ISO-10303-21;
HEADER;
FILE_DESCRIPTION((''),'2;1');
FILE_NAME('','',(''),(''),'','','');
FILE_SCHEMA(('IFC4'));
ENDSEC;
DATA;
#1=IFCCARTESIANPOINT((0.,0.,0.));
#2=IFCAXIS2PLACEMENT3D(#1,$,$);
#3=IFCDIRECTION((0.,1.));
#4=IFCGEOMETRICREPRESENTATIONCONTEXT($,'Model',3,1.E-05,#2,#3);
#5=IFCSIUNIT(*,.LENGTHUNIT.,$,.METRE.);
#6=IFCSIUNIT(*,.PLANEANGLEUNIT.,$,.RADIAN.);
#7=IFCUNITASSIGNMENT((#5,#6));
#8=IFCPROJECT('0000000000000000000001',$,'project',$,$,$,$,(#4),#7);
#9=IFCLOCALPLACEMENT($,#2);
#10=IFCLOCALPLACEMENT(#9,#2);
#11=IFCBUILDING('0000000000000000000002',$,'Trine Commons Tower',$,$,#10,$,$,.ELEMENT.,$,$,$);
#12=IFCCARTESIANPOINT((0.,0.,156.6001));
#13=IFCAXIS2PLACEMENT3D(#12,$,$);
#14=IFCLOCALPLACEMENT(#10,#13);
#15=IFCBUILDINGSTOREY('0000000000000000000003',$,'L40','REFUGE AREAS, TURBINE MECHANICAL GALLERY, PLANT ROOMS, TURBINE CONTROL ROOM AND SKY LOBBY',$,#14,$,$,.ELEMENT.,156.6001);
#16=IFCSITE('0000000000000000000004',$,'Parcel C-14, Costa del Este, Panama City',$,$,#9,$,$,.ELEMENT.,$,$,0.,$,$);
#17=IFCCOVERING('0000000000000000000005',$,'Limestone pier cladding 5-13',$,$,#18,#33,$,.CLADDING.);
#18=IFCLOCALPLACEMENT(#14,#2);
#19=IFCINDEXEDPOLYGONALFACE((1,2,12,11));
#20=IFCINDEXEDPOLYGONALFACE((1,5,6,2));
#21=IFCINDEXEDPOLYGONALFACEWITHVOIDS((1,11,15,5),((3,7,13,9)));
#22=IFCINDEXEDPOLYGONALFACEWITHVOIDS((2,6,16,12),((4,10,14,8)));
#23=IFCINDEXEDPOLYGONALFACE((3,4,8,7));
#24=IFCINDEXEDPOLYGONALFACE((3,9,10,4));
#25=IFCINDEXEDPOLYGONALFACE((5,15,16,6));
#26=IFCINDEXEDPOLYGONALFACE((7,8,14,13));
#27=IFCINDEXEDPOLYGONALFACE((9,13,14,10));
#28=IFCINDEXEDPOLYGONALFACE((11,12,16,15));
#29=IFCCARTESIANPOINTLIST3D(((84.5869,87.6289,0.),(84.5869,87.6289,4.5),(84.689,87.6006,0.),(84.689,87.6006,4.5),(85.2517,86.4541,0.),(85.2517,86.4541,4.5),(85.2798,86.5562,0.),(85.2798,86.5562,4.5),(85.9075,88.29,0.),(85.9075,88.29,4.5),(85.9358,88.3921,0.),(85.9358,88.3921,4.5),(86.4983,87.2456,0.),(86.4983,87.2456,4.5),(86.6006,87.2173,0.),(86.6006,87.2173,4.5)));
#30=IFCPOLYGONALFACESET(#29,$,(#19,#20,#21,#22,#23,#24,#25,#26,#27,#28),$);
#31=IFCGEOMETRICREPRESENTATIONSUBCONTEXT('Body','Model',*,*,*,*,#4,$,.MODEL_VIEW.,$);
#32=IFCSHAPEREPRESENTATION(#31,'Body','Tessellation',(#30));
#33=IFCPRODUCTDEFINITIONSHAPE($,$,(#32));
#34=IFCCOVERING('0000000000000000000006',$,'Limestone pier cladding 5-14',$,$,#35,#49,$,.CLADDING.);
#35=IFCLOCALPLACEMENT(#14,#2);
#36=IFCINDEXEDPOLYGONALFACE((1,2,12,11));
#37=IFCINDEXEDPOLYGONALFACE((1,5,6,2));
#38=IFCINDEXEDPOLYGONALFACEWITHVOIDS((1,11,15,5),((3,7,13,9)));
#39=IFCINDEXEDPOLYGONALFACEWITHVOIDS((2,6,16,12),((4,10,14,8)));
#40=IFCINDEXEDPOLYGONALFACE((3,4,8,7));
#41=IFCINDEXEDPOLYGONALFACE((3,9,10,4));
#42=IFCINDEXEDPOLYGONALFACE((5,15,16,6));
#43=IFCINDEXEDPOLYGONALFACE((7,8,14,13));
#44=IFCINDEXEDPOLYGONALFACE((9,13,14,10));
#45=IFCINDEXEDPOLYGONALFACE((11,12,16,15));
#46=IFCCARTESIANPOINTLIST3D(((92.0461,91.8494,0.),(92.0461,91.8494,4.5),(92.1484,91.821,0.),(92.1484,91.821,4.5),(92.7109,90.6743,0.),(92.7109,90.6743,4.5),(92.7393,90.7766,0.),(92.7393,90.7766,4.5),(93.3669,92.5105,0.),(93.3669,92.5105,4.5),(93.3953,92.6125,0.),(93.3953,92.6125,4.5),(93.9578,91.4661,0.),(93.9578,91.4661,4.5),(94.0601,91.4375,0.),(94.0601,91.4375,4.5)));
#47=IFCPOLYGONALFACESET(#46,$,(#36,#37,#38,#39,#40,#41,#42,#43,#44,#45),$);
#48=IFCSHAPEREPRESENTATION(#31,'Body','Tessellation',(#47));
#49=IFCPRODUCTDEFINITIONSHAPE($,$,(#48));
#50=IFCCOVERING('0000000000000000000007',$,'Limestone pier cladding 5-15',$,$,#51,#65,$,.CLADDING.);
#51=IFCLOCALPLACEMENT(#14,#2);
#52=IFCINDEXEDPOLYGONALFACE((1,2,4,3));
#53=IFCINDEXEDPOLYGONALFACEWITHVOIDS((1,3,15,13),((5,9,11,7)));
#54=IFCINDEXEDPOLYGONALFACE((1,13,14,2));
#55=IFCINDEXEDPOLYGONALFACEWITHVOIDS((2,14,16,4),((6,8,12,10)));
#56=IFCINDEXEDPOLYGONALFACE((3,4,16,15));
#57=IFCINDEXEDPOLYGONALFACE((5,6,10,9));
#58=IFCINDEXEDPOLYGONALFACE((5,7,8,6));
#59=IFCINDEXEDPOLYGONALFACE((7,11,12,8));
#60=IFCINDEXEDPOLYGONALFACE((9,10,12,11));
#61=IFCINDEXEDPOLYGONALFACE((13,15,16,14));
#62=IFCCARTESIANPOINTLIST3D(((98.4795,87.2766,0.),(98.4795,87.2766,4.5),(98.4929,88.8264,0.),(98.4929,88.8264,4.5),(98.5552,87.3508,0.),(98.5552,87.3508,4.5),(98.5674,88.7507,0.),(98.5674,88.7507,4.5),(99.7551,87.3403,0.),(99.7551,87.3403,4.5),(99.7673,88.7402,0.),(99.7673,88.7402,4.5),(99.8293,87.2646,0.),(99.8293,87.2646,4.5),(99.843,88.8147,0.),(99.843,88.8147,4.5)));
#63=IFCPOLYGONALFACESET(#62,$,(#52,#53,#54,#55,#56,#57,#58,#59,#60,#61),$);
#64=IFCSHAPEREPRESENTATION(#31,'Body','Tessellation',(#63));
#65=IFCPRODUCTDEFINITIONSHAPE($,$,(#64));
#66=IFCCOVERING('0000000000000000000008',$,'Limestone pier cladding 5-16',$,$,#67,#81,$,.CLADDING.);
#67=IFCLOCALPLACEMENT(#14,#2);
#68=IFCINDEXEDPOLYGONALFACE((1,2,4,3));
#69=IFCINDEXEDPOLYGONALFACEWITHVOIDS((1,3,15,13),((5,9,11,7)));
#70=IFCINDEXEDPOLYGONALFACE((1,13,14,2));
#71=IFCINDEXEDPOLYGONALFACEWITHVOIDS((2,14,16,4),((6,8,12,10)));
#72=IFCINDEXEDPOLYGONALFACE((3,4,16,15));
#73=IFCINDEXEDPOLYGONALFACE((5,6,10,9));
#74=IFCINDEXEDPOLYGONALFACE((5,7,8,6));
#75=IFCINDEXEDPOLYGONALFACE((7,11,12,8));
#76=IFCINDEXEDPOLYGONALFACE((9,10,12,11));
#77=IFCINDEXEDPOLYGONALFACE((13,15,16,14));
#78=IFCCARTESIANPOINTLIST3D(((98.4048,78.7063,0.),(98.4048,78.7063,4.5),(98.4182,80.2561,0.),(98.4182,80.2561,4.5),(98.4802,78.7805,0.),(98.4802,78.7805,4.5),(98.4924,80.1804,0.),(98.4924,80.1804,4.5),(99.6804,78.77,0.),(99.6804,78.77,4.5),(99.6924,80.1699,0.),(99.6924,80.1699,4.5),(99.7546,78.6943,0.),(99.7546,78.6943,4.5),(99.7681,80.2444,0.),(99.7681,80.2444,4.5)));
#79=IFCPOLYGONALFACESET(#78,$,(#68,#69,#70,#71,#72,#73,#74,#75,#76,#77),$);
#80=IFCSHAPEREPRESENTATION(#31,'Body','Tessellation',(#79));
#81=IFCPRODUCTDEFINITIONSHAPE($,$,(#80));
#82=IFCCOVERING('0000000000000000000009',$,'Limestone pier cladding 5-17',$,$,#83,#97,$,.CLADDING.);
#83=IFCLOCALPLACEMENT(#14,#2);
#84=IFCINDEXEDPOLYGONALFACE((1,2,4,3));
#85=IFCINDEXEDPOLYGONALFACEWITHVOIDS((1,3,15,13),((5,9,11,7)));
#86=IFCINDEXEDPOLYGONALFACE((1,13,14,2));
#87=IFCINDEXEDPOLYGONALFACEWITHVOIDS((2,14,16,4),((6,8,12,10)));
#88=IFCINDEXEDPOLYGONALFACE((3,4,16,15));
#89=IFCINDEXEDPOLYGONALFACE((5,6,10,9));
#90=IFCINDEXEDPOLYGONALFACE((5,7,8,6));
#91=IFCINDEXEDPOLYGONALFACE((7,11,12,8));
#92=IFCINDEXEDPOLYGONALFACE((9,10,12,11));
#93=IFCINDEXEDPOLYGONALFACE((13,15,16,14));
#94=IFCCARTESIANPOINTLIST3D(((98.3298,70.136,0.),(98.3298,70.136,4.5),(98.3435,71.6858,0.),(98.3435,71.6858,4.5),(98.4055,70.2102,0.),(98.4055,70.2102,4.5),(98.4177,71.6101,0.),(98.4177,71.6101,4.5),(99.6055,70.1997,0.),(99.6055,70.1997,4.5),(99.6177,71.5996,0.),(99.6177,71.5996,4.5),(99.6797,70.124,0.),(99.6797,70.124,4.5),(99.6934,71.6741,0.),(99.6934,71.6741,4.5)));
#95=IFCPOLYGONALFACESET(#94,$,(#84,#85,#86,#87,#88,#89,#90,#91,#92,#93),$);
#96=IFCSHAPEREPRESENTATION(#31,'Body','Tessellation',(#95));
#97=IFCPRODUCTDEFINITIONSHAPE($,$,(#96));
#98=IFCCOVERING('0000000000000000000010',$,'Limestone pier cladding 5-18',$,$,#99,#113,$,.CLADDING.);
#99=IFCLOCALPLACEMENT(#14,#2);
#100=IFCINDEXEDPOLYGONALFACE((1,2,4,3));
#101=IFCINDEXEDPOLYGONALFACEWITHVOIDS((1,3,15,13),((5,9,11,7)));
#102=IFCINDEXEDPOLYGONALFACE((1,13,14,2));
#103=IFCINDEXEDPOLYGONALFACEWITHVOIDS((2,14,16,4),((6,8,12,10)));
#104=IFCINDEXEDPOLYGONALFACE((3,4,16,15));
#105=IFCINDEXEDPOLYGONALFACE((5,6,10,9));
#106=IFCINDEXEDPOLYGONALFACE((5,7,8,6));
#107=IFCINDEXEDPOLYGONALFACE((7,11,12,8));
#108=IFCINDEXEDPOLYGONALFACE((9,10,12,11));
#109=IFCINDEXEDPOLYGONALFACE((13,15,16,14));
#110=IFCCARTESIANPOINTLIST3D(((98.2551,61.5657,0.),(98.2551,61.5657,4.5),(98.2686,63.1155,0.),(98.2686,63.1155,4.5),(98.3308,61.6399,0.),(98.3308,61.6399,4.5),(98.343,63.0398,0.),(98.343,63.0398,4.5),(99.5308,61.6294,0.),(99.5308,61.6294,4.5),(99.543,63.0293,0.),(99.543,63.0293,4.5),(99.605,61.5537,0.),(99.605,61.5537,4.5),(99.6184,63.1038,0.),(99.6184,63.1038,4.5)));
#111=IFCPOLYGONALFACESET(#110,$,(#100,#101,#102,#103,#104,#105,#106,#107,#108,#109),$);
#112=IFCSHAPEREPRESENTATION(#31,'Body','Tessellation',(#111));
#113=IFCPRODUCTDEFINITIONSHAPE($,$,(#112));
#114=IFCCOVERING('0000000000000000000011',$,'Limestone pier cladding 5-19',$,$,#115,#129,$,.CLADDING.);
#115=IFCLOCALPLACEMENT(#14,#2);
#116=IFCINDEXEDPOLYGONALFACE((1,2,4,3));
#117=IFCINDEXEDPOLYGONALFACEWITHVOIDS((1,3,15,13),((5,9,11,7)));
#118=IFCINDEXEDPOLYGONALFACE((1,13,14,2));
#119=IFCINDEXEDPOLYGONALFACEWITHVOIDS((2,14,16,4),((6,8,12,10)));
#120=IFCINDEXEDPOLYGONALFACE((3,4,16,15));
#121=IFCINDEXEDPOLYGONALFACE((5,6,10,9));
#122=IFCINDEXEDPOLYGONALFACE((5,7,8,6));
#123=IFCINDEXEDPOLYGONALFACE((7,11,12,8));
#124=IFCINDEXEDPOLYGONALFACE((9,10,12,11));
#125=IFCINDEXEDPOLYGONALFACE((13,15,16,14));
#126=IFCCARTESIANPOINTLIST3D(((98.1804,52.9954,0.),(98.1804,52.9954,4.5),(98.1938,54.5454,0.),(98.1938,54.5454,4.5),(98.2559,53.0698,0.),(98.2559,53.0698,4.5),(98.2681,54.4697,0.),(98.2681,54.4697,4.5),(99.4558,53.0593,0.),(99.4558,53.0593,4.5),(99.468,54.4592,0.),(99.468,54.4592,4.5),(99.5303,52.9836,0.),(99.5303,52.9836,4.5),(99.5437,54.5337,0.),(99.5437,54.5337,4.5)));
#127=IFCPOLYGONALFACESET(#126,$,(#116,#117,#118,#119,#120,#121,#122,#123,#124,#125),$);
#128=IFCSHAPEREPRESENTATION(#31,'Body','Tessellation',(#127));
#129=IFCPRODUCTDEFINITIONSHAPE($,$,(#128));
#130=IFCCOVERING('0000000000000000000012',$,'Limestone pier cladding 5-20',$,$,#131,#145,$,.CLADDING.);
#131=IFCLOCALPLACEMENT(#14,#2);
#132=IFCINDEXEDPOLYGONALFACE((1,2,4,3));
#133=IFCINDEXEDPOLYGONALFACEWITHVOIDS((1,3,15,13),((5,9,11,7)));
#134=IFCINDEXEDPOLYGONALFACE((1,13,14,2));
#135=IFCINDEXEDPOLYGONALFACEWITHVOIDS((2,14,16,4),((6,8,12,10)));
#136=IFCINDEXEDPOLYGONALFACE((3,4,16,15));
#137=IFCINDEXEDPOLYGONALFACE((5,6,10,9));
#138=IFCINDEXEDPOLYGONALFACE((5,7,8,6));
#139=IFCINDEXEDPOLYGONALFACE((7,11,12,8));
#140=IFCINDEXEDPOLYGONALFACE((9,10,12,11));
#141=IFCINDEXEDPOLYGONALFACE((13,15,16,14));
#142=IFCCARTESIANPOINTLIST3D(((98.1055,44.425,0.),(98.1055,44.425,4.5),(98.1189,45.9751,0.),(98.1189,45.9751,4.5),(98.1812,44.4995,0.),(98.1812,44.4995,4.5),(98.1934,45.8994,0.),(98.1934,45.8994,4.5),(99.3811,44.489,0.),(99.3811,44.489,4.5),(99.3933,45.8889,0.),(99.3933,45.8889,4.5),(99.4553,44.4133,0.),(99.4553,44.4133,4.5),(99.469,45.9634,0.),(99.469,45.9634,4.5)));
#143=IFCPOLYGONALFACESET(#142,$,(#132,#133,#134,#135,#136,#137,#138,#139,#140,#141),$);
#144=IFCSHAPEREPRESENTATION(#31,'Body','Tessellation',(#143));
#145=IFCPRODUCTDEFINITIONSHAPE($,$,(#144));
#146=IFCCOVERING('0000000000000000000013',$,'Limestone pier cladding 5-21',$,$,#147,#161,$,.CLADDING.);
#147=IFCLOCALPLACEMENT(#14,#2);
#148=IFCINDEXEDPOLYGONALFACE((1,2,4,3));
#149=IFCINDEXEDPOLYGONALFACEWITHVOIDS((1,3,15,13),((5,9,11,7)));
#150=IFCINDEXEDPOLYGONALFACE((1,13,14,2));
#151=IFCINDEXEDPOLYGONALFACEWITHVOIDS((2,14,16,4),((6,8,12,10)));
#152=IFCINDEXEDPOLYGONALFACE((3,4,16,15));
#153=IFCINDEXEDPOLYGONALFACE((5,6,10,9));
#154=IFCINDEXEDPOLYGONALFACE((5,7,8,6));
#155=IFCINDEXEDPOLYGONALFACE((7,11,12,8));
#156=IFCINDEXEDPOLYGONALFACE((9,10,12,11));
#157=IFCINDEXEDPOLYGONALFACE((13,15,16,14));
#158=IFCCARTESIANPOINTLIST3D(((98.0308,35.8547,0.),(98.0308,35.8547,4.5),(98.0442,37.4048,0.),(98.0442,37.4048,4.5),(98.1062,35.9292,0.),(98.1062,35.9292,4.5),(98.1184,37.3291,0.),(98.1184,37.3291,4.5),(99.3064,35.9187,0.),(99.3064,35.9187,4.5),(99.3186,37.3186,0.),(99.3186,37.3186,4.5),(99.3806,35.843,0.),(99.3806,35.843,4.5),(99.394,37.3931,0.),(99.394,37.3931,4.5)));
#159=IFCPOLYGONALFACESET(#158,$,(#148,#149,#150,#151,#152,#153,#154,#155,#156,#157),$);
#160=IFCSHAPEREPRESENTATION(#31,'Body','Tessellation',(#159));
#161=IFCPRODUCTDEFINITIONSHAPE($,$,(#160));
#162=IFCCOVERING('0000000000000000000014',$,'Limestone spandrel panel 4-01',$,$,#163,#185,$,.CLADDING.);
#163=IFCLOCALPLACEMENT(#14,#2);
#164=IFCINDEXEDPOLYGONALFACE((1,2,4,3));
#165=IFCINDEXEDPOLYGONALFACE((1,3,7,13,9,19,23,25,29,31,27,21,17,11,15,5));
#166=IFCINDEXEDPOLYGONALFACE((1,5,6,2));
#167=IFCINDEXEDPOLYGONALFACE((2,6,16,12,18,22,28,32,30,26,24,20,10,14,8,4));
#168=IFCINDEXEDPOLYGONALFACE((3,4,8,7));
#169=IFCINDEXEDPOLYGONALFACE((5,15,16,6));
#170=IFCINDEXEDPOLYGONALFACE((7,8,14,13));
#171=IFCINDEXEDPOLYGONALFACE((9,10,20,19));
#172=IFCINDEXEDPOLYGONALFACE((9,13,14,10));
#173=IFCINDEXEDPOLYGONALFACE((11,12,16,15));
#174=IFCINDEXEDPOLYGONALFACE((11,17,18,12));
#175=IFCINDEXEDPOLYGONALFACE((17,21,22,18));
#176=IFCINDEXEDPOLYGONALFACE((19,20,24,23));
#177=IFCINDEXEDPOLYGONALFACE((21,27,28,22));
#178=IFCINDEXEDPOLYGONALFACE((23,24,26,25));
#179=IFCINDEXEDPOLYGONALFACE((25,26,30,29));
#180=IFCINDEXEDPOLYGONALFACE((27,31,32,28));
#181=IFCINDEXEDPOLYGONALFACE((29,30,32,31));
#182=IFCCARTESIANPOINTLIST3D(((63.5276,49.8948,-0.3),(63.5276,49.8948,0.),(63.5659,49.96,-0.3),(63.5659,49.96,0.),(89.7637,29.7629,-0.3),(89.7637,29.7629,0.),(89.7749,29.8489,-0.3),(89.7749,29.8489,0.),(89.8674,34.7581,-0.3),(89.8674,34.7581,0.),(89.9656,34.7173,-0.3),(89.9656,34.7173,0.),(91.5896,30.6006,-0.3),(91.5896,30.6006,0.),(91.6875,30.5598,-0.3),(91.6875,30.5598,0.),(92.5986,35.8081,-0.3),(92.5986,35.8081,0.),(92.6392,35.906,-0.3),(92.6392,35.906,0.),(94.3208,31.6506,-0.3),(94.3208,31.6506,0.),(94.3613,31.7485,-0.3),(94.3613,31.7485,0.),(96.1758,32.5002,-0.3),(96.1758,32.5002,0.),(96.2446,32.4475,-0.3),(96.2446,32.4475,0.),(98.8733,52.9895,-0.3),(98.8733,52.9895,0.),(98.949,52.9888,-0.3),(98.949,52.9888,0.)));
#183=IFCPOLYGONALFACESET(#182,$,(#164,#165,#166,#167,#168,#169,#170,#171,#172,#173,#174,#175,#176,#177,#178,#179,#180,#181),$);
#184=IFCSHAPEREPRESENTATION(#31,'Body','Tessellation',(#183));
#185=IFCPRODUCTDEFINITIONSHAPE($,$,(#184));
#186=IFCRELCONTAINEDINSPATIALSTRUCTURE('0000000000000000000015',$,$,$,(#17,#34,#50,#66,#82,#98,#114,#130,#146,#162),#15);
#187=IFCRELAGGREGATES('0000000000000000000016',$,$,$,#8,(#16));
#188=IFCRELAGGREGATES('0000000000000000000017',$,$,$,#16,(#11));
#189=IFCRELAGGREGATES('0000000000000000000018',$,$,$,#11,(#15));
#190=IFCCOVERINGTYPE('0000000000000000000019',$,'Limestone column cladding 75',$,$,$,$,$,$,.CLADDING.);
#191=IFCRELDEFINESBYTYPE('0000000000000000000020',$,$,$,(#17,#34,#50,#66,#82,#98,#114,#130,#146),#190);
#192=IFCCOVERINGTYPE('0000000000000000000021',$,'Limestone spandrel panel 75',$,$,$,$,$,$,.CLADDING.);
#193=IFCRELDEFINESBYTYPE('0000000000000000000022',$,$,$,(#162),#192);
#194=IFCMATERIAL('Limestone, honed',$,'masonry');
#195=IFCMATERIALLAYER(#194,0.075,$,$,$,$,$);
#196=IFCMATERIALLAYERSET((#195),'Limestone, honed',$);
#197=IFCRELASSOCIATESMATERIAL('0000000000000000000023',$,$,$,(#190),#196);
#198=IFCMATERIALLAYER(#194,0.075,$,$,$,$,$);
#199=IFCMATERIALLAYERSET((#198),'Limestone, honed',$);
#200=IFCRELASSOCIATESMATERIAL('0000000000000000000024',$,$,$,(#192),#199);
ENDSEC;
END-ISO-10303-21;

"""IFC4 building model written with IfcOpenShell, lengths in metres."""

from ifc_helpers import new_model, si_unit, direction, frame, origin, place, context, subcontext, project, spatial, polyline, outline, extrude, material, layer, layer_set, type_object, element, save


model = new_model("IFC4")

# Units and contexts
model_context = context("Model", 3, precision=1e-05, world=origin(), true_north=direction((0.0, 1.0)))
body_context = subcontext(model_context, "Body", "Model", "MODEL_VIEW")
ifc_project = project(units=[si_unit("LENGTHUNIT", "METRE"), si_unit("PLANEANGLEUNIT", "RADIAN")], contexts=[model_context])

# Site, building, storey
site_placement = place(None, origin())
site = spatial("IfcSite", under=ifc_project, at=site_placement, Name="Parcel C-14, Costa del Este, Panama City", CompositionType="ELEMENT", RefElevation=0.0)
building_placement = place(site_placement, origin())
building = spatial("IfcBuilding", under=site, at=building_placement, Name="Trine Commons Tower", CompositionType="ELEMENT")
storey_placement = place(building_placement, frame((0.0, 0.0, 156.6001)))
storey = spatial("IfcBuildingStorey", under=building, at=storey_placement, Name="L40", Description="REFUGE AREAS, TURBINE MECHANICAL GALLERY, PLANT ROOMS, TURBINE CONTROL ROOM AND SKY LOBBY", CompositionType="ELEMENT", Elevation=156.6001)

# Coverings
ifc_material_1 = material(Name="Limestone, honed", Category="masonry")
ifc_layer_1 = layer(ifc_material_1, 0.075)
ifc_layer_set_1 = layer_set([ifc_layer_1], Name="Limestone, honed")
covering_type_1 = type_object("IfcCoveringType", Name="Limestone column cladding 75", PredefinedType="CLADDING", material=ifc_layer_set_1)
covering_1_placement = place(storey_placement, origin())
element("IfcCovering", 1, at=covering_1_placement, inside=storey, type_object=covering_type_1, Name="Limestone pier cladding 5-13", PredefinedType="CLADDING", context=body_context, shape_type="SweptSolid", body=[
    extrude(outline(polyline([(86.6006, 87.2173), (85.9358, 88.3921), (84.5869, 87.6289), (85.2517, 86.4541), (86.6006, 87.2173)]), holes=[polyline([(86.4983, 87.2456), (85.9075, 88.29), (84.689, 87.6006), (85.2798, 86.5562), (86.4983, 87.2456)])]), origin(), (0.0, 0.0, 1.0), 4.5),
])
covering_2_placement = place(storey_placement, origin())
element("IfcCovering", 2, at=covering_2_placement, inside=storey, type_object=covering_type_1, Name="Limestone pier cladding 5-14", PredefinedType="CLADDING", context=body_context, shape_type="SweptSolid", body=[
    extrude(outline(polyline([(94.0601, 91.4375), (93.3953, 92.6125), (92.0461, 91.8494), (92.7109, 90.6743), (94.0601, 91.4375)]), holes=[polyline([(93.9578, 91.4661), (93.3669, 92.5105), (92.1484, 91.821), (92.7393, 90.7766), (93.9578, 91.4661)])]), origin(), (0.0, 0.0, 1.0), 4.5),
])
covering_3_placement = place(storey_placement, origin())
element("IfcCovering", 3, at=covering_3_placement, inside=storey, type_object=covering_type_1, Name="Limestone pier cladding 5-15", PredefinedType="CLADDING", context=body_context, shape_type="SweptSolid", body=[
    extrude(outline(polyline([(99.843, 88.8147), (98.4929, 88.8264), (98.4795, 87.2766), (99.8293, 87.2646), (99.843, 88.8147)]), holes=[polyline([(99.7673, 88.7402), (98.5674, 88.7507), (98.5552, 87.3508), (99.7551, 87.3403), (99.7673, 88.7402)])]), origin(), (0.0, 0.0, 1.0), 4.5),
])
covering_4_placement = place(storey_placement, origin())
element("IfcCovering", 4, at=covering_4_placement, inside=storey, type_object=covering_type_1, Name="Limestone pier cladding 5-16", PredefinedType="CLADDING", context=body_context, shape_type="SweptSolid", body=[
    extrude(outline(polyline([(99.7681, 80.2444), (98.4182, 80.2561), (98.4048, 78.7063), (99.7546, 78.6943), (99.7681, 80.2444)]), holes=[polyline([(99.6924, 80.1699), (98.4924, 80.1804), (98.4802, 78.7805), (99.6804, 78.77), (99.6924, 80.1699)])]), origin(), (0.0, 0.0, 1.0), 4.5),
])
covering_5_placement = place(storey_placement, origin())
element("IfcCovering", 5, at=covering_5_placement, inside=storey, type_object=covering_type_1, Name="Limestone pier cladding 5-17", PredefinedType="CLADDING", context=body_context, shape_type="SweptSolid", body=[
    extrude(outline(polyline([(99.6934, 71.6741), (98.3435, 71.6858), (98.3298, 70.136), (99.6797, 70.124), (99.6934, 71.6741)]), holes=[polyline([(99.6177, 71.5996), (98.4177, 71.6101), (98.4055, 70.2102), (99.6055, 70.1997), (99.6177, 71.5996)])]), origin(), (0.0, 0.0, 1.0), 4.5),
])
covering_6_placement = place(storey_placement, origin())
element("IfcCovering", 6, at=covering_6_placement, inside=storey, type_object=covering_type_1, Name="Limestone pier cladding 5-18", PredefinedType="CLADDING", context=body_context, shape_type="SweptSolid", body=[
    extrude(outline(polyline([(99.6184, 63.1038), (98.2686, 63.1155), (98.2551, 61.5657), (99.605, 61.5537), (99.6184, 63.1038)]), holes=[polyline([(99.543, 63.0293), (98.343, 63.0398), (98.3308, 61.6399), (99.5308, 61.6294), (99.543, 63.0293)])]), origin(), (0.0, 0.0, 1.0), 4.5),
])
covering_7_placement = place(storey_placement, origin())
element("IfcCovering", 7, at=covering_7_placement, inside=storey, type_object=covering_type_1, Name="Limestone pier cladding 5-19", PredefinedType="CLADDING", context=body_context, shape_type="SweptSolid", body=[
    extrude(outline(polyline([(99.5437, 54.5337), (98.1938, 54.5454), (98.1804, 52.9954), (99.5303, 52.9836), (99.5437, 54.5337)]), holes=[polyline([(99.468, 54.4592), (98.2681, 54.4697), (98.2559, 53.0698), (99.4558, 53.0593), (99.468, 54.4592)])]), origin(), (0.0, 0.0, 1.0), 4.5),
])
covering_8_placement = place(storey_placement, origin())
element("IfcCovering", 8, at=covering_8_placement, inside=storey, type_object=covering_type_1, Name="Limestone pier cladding 5-20", PredefinedType="CLADDING", context=body_context, shape_type="SweptSolid", body=[
    extrude(outline(polyline([(99.469, 45.9634), (98.1189, 45.9751), (98.1055, 44.425), (99.4553, 44.4133), (99.469, 45.9634)]), holes=[polyline([(99.3933, 45.8889), (98.1934, 45.8994), (98.1812, 44.4995), (99.3811, 44.489), (99.3933, 45.8889)])]), origin(), (0.0, 0.0, 1.0), 4.5),
])
covering_9_placement = place(storey_placement, origin())
element("IfcCovering", 9, at=covering_9_placement, inside=storey, type_object=covering_type_1, Name="Limestone pier cladding 5-21", PredefinedType="CLADDING", context=body_context, shape_type="SweptSolid", body=[
    extrude(outline(polyline([(99.394, 37.3931), (98.0442, 37.4048), (98.0308, 35.8547), (99.3806, 35.843), (99.394, 37.3931)]), holes=[polyline([(99.3186, 37.3186), (98.1184, 37.3291), (98.1062, 35.9292), (99.3064, 35.9187), (99.3186, 37.3186)])]), origin(), (0.0, 0.0, 1.0), 4.5),
])
ifc_layer_2 = layer(ifc_material_1, 0.075)
ifc_layer_set_2 = layer_set([ifc_layer_2], Name="Limestone, honed")
covering_type_2 = type_object("IfcCoveringType", Name="Limestone spandrel panel 75", PredefinedType="CLADDING", material=ifc_layer_set_2)
covering_10_placement = place(storey_placement, frame((0.0, 0.0, -0.3)))
element("IfcCovering", 10, at=covering_10_placement, inside=storey, type_object=covering_type_2, Name="Limestone spandrel panel 4-01", PredefinedType="CLADDING", context=body_context, shape_type="SweptSolid", body=[
    extrude(outline(polyline([(92.5986, 35.8081), (94.3208, 31.6506), (96.2446, 32.4475), (98.949, 52.9888), (98.8733, 52.9895), (96.1758, 32.5002), (94.3613, 31.7485), (92.6392, 35.906), (89.8674, 34.7581), (91.5896, 30.6006), (89.7749, 29.8489), (63.5659, 49.96), (63.5276, 49.8948), (89.7637, 29.7629), (91.6875, 30.5598), (89.9656, 34.7173), (92.5986, 35.8081)])), origin(), (0.0, 0.0, 1.0), 0.3),
])

save(model, "model.ifc")
